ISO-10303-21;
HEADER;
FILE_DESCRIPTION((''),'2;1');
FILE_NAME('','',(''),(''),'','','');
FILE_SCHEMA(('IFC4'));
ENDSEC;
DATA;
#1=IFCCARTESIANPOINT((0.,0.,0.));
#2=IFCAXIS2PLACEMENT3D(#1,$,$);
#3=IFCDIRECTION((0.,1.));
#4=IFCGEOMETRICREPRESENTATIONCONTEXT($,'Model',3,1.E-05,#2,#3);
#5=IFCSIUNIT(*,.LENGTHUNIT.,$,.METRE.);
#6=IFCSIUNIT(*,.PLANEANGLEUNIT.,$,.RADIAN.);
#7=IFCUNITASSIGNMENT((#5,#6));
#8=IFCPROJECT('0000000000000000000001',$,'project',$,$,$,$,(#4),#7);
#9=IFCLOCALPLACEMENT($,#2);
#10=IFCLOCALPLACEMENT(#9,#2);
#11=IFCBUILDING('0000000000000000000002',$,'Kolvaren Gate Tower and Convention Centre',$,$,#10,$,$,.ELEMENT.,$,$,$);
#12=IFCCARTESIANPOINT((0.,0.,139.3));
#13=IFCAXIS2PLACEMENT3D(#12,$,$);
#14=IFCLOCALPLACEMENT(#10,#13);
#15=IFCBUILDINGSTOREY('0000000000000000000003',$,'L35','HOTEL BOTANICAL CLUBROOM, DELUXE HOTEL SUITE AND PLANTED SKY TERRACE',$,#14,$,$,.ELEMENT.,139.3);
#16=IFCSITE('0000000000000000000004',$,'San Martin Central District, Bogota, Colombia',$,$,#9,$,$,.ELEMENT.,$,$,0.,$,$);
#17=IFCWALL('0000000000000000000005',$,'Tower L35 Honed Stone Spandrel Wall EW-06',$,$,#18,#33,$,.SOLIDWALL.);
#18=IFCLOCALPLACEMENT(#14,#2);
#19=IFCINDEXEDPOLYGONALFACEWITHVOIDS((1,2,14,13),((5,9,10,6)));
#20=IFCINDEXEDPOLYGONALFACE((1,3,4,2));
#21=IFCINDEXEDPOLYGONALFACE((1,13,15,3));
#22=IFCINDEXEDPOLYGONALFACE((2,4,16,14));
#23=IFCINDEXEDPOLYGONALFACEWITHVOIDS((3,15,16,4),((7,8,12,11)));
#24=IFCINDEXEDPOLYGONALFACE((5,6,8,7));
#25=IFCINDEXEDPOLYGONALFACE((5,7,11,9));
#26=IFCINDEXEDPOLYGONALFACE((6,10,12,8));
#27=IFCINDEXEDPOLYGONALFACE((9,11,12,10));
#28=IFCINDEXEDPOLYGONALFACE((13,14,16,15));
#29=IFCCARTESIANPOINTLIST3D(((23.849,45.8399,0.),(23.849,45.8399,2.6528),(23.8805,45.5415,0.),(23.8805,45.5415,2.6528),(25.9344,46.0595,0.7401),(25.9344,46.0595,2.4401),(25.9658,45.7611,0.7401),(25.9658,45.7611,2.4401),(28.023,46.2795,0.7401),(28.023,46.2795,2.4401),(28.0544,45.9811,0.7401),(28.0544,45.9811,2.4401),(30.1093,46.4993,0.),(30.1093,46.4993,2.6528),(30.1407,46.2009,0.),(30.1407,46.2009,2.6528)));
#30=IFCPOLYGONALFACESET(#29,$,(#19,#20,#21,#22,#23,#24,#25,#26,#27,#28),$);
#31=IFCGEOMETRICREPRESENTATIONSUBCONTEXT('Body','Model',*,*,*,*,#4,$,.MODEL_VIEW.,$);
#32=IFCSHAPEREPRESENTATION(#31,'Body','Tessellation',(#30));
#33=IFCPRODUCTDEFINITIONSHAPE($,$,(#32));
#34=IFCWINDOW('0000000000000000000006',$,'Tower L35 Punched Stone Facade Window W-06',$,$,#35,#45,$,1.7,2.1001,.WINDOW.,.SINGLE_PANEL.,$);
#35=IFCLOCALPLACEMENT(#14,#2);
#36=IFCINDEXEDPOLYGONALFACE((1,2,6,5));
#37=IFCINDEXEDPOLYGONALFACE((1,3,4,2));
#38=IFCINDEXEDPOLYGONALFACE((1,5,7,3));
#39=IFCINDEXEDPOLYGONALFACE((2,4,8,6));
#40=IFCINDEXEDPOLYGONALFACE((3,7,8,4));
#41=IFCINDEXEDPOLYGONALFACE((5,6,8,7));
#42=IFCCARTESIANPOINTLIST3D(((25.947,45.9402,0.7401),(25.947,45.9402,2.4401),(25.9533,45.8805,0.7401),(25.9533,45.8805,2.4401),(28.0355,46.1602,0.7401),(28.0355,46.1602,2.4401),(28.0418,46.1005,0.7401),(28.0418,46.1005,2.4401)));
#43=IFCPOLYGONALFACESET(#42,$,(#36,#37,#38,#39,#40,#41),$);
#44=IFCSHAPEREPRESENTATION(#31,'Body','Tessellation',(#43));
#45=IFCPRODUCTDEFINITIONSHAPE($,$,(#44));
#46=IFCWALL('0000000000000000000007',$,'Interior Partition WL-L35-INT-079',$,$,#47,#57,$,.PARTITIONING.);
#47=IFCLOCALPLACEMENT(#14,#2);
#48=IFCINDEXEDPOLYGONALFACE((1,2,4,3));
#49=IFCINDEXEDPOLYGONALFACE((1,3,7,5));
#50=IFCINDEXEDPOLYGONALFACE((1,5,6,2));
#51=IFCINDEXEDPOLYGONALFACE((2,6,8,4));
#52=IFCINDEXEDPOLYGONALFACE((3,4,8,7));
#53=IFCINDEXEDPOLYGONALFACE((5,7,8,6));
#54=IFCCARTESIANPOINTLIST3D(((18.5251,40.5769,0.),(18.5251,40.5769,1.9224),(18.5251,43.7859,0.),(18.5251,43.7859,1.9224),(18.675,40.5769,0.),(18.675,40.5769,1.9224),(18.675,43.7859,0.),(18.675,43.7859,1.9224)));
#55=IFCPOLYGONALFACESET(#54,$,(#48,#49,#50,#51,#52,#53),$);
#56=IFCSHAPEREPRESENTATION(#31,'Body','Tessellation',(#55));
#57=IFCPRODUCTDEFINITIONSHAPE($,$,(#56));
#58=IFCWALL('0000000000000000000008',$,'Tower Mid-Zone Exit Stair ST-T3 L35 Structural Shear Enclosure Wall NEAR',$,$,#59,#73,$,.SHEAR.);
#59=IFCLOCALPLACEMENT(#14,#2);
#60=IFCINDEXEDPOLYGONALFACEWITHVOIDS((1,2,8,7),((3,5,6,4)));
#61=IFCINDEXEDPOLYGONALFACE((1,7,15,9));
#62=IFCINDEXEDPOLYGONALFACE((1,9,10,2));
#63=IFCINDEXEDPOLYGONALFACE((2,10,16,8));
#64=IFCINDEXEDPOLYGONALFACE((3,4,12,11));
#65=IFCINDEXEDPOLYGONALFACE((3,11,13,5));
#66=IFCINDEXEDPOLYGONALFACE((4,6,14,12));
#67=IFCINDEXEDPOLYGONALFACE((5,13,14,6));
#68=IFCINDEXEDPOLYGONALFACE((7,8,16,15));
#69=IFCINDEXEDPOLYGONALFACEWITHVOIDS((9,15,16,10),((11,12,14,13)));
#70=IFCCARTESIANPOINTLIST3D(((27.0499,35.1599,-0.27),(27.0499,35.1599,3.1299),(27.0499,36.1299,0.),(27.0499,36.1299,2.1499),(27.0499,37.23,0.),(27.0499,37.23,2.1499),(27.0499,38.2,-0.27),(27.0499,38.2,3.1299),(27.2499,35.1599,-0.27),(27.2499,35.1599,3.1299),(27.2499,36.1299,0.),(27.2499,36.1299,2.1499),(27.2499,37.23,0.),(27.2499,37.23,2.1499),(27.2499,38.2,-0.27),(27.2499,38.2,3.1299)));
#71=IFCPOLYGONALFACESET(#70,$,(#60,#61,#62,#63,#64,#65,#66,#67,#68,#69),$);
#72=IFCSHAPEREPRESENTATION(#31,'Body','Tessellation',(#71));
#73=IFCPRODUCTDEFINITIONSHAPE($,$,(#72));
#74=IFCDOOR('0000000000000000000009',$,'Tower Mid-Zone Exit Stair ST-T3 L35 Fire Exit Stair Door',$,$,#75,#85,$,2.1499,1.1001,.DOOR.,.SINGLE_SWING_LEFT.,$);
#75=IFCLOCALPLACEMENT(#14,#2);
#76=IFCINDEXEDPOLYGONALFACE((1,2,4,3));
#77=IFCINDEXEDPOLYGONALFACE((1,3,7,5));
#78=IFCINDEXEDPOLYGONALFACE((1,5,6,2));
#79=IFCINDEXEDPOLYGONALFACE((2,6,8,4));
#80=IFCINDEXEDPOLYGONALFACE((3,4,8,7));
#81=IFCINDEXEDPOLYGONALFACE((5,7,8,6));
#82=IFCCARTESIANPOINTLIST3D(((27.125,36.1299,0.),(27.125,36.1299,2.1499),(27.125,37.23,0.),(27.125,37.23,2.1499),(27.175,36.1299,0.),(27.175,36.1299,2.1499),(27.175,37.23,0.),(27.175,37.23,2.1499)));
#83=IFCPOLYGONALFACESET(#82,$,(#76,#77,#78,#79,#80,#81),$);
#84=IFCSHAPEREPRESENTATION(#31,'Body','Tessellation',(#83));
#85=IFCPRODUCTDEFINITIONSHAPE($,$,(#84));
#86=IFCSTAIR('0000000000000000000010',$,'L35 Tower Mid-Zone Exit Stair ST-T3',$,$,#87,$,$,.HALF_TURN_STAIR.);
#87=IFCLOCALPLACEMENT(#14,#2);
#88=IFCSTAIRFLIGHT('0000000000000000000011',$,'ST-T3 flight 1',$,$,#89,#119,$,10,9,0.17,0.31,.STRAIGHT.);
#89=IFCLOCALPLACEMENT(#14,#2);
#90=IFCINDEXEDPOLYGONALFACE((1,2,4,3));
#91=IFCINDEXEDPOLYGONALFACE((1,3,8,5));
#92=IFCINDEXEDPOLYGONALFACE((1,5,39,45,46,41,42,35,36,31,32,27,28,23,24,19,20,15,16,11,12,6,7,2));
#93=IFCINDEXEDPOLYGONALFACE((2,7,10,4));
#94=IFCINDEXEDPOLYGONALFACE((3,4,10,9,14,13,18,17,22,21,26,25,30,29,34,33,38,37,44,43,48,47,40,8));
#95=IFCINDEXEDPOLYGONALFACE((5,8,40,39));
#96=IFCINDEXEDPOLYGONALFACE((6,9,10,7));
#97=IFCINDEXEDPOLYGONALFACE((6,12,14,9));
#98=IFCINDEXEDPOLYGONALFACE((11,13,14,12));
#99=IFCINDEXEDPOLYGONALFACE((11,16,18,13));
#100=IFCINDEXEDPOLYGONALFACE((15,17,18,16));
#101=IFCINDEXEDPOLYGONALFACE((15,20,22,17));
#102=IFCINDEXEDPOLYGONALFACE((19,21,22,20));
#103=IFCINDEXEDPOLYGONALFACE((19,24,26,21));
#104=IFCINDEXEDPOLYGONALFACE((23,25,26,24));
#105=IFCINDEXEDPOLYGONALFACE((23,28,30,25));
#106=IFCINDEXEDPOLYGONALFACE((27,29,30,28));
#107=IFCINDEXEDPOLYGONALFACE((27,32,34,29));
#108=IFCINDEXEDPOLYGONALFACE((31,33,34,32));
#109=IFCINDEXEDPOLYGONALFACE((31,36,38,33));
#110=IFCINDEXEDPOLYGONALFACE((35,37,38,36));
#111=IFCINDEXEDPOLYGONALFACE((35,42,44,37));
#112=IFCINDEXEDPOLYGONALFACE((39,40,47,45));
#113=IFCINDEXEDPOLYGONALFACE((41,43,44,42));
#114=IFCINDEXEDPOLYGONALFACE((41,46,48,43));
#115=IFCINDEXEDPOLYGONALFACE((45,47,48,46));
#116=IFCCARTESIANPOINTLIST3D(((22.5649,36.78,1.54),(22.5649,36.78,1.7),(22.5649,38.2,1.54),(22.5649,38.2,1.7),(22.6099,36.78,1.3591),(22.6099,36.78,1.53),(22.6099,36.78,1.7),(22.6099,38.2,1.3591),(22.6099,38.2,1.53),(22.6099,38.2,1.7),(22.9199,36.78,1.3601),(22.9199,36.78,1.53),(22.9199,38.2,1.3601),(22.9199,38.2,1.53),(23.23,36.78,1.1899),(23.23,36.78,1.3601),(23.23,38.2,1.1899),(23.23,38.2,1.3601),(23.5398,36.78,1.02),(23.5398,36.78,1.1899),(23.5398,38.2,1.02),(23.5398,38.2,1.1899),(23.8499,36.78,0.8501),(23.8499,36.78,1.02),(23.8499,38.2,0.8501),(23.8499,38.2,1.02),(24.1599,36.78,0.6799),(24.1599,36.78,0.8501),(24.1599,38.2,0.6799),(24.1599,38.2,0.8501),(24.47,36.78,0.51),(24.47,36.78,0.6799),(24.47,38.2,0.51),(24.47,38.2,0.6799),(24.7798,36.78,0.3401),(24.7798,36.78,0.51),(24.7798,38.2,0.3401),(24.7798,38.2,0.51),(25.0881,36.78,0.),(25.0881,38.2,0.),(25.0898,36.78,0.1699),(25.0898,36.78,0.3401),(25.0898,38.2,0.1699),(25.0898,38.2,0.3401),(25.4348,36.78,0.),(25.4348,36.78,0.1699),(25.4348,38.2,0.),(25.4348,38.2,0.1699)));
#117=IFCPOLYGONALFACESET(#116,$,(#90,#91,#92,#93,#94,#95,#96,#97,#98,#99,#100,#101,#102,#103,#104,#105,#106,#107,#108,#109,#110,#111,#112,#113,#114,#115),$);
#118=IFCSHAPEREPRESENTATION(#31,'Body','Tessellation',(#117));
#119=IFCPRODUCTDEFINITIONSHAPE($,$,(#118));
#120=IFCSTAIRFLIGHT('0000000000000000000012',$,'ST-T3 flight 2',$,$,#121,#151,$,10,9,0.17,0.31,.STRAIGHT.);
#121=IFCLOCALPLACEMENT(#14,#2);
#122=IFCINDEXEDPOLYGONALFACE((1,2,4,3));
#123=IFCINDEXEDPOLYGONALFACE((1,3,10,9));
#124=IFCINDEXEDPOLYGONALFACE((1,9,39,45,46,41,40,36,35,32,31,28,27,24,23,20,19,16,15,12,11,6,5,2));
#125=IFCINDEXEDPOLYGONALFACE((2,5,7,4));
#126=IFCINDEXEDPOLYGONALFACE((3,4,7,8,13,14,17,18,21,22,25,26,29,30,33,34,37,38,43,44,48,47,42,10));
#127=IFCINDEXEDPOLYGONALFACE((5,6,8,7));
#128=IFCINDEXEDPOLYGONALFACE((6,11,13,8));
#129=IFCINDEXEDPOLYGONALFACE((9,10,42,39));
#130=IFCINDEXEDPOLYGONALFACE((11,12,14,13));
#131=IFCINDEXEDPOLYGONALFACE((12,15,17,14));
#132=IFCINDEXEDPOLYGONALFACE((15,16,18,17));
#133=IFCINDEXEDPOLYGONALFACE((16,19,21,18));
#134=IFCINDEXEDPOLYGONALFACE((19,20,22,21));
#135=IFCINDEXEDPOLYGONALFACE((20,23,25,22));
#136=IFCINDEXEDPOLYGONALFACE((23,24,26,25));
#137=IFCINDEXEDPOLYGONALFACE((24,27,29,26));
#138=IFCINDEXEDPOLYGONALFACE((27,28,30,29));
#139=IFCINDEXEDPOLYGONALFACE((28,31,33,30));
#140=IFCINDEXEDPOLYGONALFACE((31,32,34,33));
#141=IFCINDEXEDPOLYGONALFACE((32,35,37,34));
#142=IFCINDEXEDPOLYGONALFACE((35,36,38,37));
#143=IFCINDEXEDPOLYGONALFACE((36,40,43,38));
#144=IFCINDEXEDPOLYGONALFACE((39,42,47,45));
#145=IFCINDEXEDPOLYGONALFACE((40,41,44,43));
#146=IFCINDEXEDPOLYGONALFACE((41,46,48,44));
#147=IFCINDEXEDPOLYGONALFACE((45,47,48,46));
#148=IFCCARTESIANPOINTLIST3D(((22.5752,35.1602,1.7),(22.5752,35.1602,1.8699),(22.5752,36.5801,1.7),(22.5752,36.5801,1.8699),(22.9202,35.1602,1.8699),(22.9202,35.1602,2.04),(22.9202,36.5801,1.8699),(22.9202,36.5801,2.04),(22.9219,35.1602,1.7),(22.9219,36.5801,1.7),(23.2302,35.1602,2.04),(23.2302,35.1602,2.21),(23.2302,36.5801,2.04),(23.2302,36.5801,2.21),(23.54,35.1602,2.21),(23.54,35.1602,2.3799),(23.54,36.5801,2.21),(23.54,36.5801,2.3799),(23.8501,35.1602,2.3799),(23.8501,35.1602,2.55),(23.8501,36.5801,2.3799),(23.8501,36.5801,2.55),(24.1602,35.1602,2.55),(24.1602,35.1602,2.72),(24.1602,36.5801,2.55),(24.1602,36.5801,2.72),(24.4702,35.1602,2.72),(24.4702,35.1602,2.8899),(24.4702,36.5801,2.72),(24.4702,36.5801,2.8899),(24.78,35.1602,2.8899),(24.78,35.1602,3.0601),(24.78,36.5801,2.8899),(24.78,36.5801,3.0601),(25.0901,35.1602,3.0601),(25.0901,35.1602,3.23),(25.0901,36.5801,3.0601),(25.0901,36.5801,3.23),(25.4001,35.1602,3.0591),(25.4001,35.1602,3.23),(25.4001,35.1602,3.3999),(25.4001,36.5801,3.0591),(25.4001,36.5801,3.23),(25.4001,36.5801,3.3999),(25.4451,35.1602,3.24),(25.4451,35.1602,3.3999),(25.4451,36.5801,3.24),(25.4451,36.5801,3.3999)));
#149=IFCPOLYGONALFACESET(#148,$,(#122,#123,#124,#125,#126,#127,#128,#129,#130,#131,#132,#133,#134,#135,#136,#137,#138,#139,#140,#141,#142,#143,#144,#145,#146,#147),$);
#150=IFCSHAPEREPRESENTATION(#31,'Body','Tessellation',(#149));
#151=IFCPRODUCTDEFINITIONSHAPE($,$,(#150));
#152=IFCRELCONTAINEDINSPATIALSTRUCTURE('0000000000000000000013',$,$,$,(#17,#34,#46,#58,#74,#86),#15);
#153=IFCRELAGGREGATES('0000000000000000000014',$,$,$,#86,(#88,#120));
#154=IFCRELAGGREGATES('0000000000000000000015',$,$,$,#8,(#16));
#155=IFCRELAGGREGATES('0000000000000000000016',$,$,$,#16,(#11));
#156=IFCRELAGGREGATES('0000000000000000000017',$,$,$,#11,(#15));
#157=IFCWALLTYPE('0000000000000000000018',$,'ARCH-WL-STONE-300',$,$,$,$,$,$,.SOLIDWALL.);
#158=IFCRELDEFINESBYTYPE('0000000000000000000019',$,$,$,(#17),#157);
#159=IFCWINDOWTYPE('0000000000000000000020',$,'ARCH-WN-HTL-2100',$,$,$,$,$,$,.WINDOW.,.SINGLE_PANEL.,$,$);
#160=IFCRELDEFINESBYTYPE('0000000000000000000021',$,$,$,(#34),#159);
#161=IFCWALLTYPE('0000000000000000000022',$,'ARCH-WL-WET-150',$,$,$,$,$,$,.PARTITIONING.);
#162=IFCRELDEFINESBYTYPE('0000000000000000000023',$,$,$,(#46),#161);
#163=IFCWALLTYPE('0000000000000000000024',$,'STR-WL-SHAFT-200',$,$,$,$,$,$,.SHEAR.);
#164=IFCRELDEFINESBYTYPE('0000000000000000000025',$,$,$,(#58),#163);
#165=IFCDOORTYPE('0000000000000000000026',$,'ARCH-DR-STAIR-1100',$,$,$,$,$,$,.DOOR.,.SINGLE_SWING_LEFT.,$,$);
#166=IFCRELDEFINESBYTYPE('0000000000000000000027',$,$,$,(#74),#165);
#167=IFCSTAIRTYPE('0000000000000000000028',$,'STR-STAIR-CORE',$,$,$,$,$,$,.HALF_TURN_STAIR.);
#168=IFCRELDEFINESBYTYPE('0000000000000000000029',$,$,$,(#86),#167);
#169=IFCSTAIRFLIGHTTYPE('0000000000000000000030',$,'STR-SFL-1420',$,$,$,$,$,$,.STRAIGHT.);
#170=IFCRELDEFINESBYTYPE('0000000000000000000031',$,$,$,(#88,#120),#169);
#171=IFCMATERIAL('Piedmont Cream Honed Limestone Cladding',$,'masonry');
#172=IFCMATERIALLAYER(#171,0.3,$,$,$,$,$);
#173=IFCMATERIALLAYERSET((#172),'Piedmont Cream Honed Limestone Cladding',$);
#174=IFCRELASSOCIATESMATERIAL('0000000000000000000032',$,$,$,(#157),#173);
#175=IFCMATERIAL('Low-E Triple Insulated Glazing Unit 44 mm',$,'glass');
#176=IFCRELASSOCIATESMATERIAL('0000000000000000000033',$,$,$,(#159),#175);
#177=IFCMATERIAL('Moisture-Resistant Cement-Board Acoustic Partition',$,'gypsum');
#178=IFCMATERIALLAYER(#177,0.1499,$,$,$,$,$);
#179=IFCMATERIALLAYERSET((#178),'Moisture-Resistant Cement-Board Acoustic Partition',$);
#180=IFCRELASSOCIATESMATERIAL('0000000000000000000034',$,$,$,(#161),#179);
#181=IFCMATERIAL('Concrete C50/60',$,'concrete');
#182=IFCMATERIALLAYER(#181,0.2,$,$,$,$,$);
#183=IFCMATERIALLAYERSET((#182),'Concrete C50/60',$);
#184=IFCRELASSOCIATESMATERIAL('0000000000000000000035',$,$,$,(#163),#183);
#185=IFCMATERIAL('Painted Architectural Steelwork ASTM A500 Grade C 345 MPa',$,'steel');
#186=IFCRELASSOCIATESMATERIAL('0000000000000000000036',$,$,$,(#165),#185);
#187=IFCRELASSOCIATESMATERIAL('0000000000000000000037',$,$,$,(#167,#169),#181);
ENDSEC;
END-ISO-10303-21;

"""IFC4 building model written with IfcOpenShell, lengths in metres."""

from ifc_helpers import new_model, si_unit, direction, frame, frame_2d, origin, place, context, subcontext, project, spatial, polyline, rectangle, outline, extrude, material, layer, layer_set, type_object, element, fill, aggregate, save


model = new_model("IFC4")

# Units and contexts
model_context = context("Model", 3, precision=1e-05, world=origin(), true_north=direction((0.0, 1.0)))
body_context = subcontext(model_context, "Body", "Model", "MODEL_VIEW")
ifc_project = project(units=[si_unit("LENGTHUNIT", "METRE"), si_unit("PLANEANGLEUNIT", "RADIAN")], contexts=[model_context])

# Site, building, storey
site_placement = place(None, origin())
site = spatial("IfcSite", under=ifc_project, at=site_placement, Name="San Martin Central District, Bogota, Colombia", CompositionType="ELEMENT", RefElevation=0.0)
building_placement = place(site_placement, origin())
building = spatial("IfcBuilding", under=site, at=building_placement, Name="Kolvaren Gate Tower and Convention Centre", CompositionType="ELEMENT")
storey_placement = place(building_placement, frame((0.0, 0.0, 139.3)))
storey = spatial("IfcBuildingStorey", under=building, at=storey_placement, Name="L35", Description="HOTEL BOTANICAL CLUBROOM, DELUXE HOTEL SUITE AND PLANTED SKY TERRACE", CompositionType="ELEMENT", Elevation=139.3)

# Shared definitions
ifc_material_1 = material(Name="Painted Architectural Steelwork ASTM A500 Grade C 345 MPa", Category="steel")

# Wall, opening, window
ifc_material_2 = material(Name="Piedmont Cream Honed Limestone Cladding", Category="masonry")
ifc_layer_1 = layer(ifc_material_2, 0.3)
ifc_layer_set_1 = layer_set([ifc_layer_1], Name="Piedmont Cream Honed Limestone Cladding")
wall_type_1 = type_object("IfcWallType", Name="ARCH-WL-STONE-300", PredefinedType="SOLIDWALL", material=ifc_layer_set_1)
wall_1_placement = place(storey_placement, frame((23.8647, 45.6907, 0.0), z_axis=(0.0, 0.0, 1.0), x_axis=(0.994498, 0.104755, 0.0)))
wall_1 = element("IfcWall", 1, at=wall_1_placement, inside=storey, type_object=wall_type_1, Name="Tower L35 Honed Stone Spandrel Wall EW-06", PredefinedType="SOLIDWALL", context=body_context, shape_type="SweptSolid", body=[
    extrude(rectangle(XDim=6.2949, YDim=0.3, at=frame_2d((3.1475, 0.0))), origin(), (0.0, 0.0, 1.0), 2.6528),
])
opening_1_placement = place(wall_1_placement, frame((2.0969, 0.0, 0.74)))
opening_1 = element("IfcOpeningElement", 2, at=opening_1_placement, cuts=wall_1, PredefinedType="OPENING", context=body_context, shape_type="SweptSolid", body=[
    extrude(rectangle(XDim=2.1001, YDim=1.7, at=frame_2d((1.05, 0.8501))), frame((0.0, 0.1599, 0.0), z_axis=(0.0, -1.0, 0.0), x_axis=(1.0, 0.0, 0.0)), (0.0, 0.0, 1.0), 0.3201),
])
ifc_material_3 = material(Name="Low-E Triple Insulated Glazing Unit 44 mm", Category="glass")
window_type = type_object("IfcWindowType", Name="ARCH-WN-HTL-2100", PartitioningType="SINGLE_PANEL", PredefinedType="WINDOW", material=ifc_material_3)
window_placement = place(opening_1_placement, origin())
window = element("IfcWindow", 3, at=window_placement, inside=storey, type_object=window_type, Name="Tower L35 Punched Stone Facade Window W-06", OverallHeight=1.7, OverallWidth=2.1001, PartitioningType="SINGLE_PANEL", PredefinedType="WINDOW", context=body_context, shape_type="SweptSolid", body=[
    extrude(rectangle(XDim=2.1001, YDim=1.7, at=frame_2d((1.05, 0.8501))), frame((0.0, 0.03, 0.0), z_axis=(0.0, -1.0, 0.0), x_axis=(1.0, 0.0, 0.0)), (0.0, 0.0, 1.0), 0.0601),
])
fill(opening_1, window)

# Wall
ifc_material_4 = material(Name="Moisture-Resistant Cement-Board Acoustic Partition", Category="gypsum")
ifc_layer_2 = layer(ifc_material_4, 0.1499)
ifc_layer_set_2 = layer_set([ifc_layer_2], Name="Moisture-Resistant Cement-Board Acoustic Partition")
wall_type_2 = type_object("IfcWallType", Name="ARCH-WL-WET-150", PredefinedType="PARTITIONING", material=ifc_layer_set_2)
wall_2_placement = place(storey_placement, frame((18.6001, 40.5769, 0.0), z_axis=(0.0, 0.0, 1.0), x_axis=(0.0, 1.0, 0.0)))
element("IfcWall", 4, at=wall_2_placement, inside=storey, type_object=wall_type_2, Name="Interior Partition WL-L35-INT-079", PredefinedType="PARTITIONING", context=body_context, shape_type="SweptSolid", body=[
    extrude(rectangle(XDim=3.209, YDim=0.1499, at=frame_2d((1.6045, 0.0))), origin(), (0.0, 0.0, 1.0), 1.9224),
])

# Wall, opening, door
ifc_material_5 = material(Name="Concrete C50/60", Category="concrete")
ifc_layer_3 = layer(ifc_material_5, 0.2)
ifc_layer_set_3 = layer_set([ifc_layer_3], Name="Concrete C50/60")
wall_type_3 = type_object("IfcWallType", Name="STR-WL-SHAFT-200", PredefinedType="SHEAR", material=ifc_layer_set_3)
wall_3_placement = place(storey_placement, frame((27.1499, 35.1599, -0.27), z_axis=(0.0, 0.0, 1.0), x_axis=(0.0, 1.0, 0.0)))
wall_3 = element("IfcWall", 5, at=wall_3_placement, inside=storey, type_object=wall_type_3, Name="Tower Mid-Zone Exit Stair ST-T3 L35 Structural Shear Enclosure Wall NEAR", PredefinedType="SHEAR", context=body_context, shape_type="SweptSolid", body=[
    extrude(rectangle(XDim=3.04, YDim=0.2, at=frame_2d((1.52, 0.0))), origin(), (0.0, 0.0, 1.0), 3.3999),
])
opening_2_placement = place(wall_3_placement, frame((0.97, 0.0, 0.27)))
opening_2 = element("IfcOpeningElement", 6, at=opening_2_placement, cuts=wall_3, PredefinedType="OPENING", context=body_context, shape_type="SweptSolid", body=[
    extrude(rectangle(XDim=1.1001, YDim=2.1499, at=frame_2d((0.55, 1.075))), frame((0.0, 0.1099, 0.0), z_axis=(0.0, -1.0, 0.0), x_axis=(1.0, 0.0, 0.0)), (0.0, 0.0, 1.0), 0.22),
])
door_type_1 = type_object("IfcDoorType", Name="ARCH-DR-STAIR-1100", OperationType="SINGLE_SWING_LEFT", PredefinedType="DOOR", material=ifc_material_1)
door_1_placement = place(opening_2_placement, origin())
door_1 = element("IfcDoor", 7, at=door_1_placement, inside=storey, type_object=door_type_1, Name="Tower Mid-Zone Exit Stair ST-T3 L35 Fire Exit Stair Door", OperationType="SINGLE_SWING_LEFT", OverallHeight=2.1499, OverallWidth=1.1001, PredefinedType="DOOR", context=body_context, shape_type="SweptSolid", body=[
    extrude(rectangle(XDim=1.1001, YDim=2.1499, at=frame_2d((0.55, 1.075))), frame((0.0, 0.0249, 0.0), z_axis=(0.0, -1.0, 0.0), x_axis=(1.0, 0.0, 0.0)), (0.0, 0.0, 1.0), 0.05),
])
fill(opening_2, door_1)

# Stair, stair flights
stair_type = type_object("IfcStairType", Name="STR-STAIR-CORE", PredefinedType="HALF_TURN_STAIR", material=ifc_material_5)
stair_placement = place(storey_placement, origin())
stair = element("IfcStair", 8, at=stair_placement, inside=storey, type_object=stair_type, Name="L35 Tower Mid-Zone Exit Stair ST-T3", PredefinedType="HALF_TURN_STAIR")
stair_flight_type = type_object("IfcStairFlightType", Name="STR-SFL-1420", PredefinedType="STRAIGHT", material=ifc_material_5)
stair_flight_1_placement = place(storey_placement, frame((25.3999, 37.49, 0.0), z_axis=(0.0, 0.0, 1.0), x_axis=(-1.0, 0.0, 0.0)))
stair_flight_1 = element("IfcStairFlight", 9, at=stair_flight_1_placement, type_object=stair_flight_type, Name="ST-T3 flight 1", NumberOfRisers=10, NumberOfTreads=9, PredefinedType="STRAIGHT", RiserHeight=0.17, TreadLength=0.31, context=body_context, shape_type="SweptSolid", body=[
    extrude(outline(polyline([(-0.0349, 0.0), (-0.0349, 0.1699), (0.3101, 0.1699), (0.3101, 0.3401), (0.6201, 0.3401), (0.6201, 0.51), (0.9299, 0.51), (0.9299, 0.6799), (1.24, 0.6799), (1.24, 0.8501), (1.55, 0.8501), (1.55, 1.02), (1.8601, 1.02), (1.8601, 1.1899), (2.1699, 1.1899), (2.1699, 1.3601), (2.48, 1.3601), (2.48, 1.53), (2.79, 1.53), (2.79, 1.7), (2.835, 1.7), (2.835, 1.54), (2.79, 1.3591), (0.3118, 0.0), (-0.0349, 0.0)])), frame((0.0, 0.71, 0.0), z_axis=(0.0, -1.0, 0.0), x_axis=(1.0, 0.0, 0.0)), (0.0, 0.0, 1.0), 1.4199),
])
stair_flight_2_placement = place(storey_placement, frame((22.6101, 35.8701, 1.7), z_axis=(0.0, 0.0, 1.0), x_axis=(1.0, 0.0, 0.0)))
stair_flight_2 = element("IfcStairFlight", 10, at=stair_flight_2_placement, type_object=stair_flight_type, Name="ST-T3 flight 2", NumberOfRisers=10, NumberOfTreads=9, PredefinedType="STRAIGHT", RiserHeight=0.17, TreadLength=0.31, context=body_context, shape_type="SweptSolid", body=[
    extrude(outline(polyline([(-0.0349, 0.0), (-0.0349, 0.1699), (0.3101, 0.1699), (0.3101, 0.3401), (0.6201, 0.3401), (0.6201, 0.51), (0.9299, 0.51), (0.9299, 0.6799), (1.24, 0.6799), (1.24, 0.8501), (1.55, 0.8501), (1.55, 1.02), (1.8601, 1.02), (1.8601, 1.1899), (2.1699, 1.1899), (2.1699, 1.3601), (2.48, 1.3601), (2.48, 1.53), (2.79, 1.53), (2.79, 1.7), (2.835, 1.7), (2.835, 1.54), (2.79, 1.3591), (0.3118, 0.0), (-0.0349, 0.0)])), frame((0.0, 0.71, 0.0), z_axis=(0.0, -1.0, 0.0), x_axis=(1.0, 0.0, 0.0)), (0.0, 0.0, 1.0), 1.4199),
])
aggregate(stair, [stair_flight_1, stair_flight_2])

save(model, "model.ifc")
